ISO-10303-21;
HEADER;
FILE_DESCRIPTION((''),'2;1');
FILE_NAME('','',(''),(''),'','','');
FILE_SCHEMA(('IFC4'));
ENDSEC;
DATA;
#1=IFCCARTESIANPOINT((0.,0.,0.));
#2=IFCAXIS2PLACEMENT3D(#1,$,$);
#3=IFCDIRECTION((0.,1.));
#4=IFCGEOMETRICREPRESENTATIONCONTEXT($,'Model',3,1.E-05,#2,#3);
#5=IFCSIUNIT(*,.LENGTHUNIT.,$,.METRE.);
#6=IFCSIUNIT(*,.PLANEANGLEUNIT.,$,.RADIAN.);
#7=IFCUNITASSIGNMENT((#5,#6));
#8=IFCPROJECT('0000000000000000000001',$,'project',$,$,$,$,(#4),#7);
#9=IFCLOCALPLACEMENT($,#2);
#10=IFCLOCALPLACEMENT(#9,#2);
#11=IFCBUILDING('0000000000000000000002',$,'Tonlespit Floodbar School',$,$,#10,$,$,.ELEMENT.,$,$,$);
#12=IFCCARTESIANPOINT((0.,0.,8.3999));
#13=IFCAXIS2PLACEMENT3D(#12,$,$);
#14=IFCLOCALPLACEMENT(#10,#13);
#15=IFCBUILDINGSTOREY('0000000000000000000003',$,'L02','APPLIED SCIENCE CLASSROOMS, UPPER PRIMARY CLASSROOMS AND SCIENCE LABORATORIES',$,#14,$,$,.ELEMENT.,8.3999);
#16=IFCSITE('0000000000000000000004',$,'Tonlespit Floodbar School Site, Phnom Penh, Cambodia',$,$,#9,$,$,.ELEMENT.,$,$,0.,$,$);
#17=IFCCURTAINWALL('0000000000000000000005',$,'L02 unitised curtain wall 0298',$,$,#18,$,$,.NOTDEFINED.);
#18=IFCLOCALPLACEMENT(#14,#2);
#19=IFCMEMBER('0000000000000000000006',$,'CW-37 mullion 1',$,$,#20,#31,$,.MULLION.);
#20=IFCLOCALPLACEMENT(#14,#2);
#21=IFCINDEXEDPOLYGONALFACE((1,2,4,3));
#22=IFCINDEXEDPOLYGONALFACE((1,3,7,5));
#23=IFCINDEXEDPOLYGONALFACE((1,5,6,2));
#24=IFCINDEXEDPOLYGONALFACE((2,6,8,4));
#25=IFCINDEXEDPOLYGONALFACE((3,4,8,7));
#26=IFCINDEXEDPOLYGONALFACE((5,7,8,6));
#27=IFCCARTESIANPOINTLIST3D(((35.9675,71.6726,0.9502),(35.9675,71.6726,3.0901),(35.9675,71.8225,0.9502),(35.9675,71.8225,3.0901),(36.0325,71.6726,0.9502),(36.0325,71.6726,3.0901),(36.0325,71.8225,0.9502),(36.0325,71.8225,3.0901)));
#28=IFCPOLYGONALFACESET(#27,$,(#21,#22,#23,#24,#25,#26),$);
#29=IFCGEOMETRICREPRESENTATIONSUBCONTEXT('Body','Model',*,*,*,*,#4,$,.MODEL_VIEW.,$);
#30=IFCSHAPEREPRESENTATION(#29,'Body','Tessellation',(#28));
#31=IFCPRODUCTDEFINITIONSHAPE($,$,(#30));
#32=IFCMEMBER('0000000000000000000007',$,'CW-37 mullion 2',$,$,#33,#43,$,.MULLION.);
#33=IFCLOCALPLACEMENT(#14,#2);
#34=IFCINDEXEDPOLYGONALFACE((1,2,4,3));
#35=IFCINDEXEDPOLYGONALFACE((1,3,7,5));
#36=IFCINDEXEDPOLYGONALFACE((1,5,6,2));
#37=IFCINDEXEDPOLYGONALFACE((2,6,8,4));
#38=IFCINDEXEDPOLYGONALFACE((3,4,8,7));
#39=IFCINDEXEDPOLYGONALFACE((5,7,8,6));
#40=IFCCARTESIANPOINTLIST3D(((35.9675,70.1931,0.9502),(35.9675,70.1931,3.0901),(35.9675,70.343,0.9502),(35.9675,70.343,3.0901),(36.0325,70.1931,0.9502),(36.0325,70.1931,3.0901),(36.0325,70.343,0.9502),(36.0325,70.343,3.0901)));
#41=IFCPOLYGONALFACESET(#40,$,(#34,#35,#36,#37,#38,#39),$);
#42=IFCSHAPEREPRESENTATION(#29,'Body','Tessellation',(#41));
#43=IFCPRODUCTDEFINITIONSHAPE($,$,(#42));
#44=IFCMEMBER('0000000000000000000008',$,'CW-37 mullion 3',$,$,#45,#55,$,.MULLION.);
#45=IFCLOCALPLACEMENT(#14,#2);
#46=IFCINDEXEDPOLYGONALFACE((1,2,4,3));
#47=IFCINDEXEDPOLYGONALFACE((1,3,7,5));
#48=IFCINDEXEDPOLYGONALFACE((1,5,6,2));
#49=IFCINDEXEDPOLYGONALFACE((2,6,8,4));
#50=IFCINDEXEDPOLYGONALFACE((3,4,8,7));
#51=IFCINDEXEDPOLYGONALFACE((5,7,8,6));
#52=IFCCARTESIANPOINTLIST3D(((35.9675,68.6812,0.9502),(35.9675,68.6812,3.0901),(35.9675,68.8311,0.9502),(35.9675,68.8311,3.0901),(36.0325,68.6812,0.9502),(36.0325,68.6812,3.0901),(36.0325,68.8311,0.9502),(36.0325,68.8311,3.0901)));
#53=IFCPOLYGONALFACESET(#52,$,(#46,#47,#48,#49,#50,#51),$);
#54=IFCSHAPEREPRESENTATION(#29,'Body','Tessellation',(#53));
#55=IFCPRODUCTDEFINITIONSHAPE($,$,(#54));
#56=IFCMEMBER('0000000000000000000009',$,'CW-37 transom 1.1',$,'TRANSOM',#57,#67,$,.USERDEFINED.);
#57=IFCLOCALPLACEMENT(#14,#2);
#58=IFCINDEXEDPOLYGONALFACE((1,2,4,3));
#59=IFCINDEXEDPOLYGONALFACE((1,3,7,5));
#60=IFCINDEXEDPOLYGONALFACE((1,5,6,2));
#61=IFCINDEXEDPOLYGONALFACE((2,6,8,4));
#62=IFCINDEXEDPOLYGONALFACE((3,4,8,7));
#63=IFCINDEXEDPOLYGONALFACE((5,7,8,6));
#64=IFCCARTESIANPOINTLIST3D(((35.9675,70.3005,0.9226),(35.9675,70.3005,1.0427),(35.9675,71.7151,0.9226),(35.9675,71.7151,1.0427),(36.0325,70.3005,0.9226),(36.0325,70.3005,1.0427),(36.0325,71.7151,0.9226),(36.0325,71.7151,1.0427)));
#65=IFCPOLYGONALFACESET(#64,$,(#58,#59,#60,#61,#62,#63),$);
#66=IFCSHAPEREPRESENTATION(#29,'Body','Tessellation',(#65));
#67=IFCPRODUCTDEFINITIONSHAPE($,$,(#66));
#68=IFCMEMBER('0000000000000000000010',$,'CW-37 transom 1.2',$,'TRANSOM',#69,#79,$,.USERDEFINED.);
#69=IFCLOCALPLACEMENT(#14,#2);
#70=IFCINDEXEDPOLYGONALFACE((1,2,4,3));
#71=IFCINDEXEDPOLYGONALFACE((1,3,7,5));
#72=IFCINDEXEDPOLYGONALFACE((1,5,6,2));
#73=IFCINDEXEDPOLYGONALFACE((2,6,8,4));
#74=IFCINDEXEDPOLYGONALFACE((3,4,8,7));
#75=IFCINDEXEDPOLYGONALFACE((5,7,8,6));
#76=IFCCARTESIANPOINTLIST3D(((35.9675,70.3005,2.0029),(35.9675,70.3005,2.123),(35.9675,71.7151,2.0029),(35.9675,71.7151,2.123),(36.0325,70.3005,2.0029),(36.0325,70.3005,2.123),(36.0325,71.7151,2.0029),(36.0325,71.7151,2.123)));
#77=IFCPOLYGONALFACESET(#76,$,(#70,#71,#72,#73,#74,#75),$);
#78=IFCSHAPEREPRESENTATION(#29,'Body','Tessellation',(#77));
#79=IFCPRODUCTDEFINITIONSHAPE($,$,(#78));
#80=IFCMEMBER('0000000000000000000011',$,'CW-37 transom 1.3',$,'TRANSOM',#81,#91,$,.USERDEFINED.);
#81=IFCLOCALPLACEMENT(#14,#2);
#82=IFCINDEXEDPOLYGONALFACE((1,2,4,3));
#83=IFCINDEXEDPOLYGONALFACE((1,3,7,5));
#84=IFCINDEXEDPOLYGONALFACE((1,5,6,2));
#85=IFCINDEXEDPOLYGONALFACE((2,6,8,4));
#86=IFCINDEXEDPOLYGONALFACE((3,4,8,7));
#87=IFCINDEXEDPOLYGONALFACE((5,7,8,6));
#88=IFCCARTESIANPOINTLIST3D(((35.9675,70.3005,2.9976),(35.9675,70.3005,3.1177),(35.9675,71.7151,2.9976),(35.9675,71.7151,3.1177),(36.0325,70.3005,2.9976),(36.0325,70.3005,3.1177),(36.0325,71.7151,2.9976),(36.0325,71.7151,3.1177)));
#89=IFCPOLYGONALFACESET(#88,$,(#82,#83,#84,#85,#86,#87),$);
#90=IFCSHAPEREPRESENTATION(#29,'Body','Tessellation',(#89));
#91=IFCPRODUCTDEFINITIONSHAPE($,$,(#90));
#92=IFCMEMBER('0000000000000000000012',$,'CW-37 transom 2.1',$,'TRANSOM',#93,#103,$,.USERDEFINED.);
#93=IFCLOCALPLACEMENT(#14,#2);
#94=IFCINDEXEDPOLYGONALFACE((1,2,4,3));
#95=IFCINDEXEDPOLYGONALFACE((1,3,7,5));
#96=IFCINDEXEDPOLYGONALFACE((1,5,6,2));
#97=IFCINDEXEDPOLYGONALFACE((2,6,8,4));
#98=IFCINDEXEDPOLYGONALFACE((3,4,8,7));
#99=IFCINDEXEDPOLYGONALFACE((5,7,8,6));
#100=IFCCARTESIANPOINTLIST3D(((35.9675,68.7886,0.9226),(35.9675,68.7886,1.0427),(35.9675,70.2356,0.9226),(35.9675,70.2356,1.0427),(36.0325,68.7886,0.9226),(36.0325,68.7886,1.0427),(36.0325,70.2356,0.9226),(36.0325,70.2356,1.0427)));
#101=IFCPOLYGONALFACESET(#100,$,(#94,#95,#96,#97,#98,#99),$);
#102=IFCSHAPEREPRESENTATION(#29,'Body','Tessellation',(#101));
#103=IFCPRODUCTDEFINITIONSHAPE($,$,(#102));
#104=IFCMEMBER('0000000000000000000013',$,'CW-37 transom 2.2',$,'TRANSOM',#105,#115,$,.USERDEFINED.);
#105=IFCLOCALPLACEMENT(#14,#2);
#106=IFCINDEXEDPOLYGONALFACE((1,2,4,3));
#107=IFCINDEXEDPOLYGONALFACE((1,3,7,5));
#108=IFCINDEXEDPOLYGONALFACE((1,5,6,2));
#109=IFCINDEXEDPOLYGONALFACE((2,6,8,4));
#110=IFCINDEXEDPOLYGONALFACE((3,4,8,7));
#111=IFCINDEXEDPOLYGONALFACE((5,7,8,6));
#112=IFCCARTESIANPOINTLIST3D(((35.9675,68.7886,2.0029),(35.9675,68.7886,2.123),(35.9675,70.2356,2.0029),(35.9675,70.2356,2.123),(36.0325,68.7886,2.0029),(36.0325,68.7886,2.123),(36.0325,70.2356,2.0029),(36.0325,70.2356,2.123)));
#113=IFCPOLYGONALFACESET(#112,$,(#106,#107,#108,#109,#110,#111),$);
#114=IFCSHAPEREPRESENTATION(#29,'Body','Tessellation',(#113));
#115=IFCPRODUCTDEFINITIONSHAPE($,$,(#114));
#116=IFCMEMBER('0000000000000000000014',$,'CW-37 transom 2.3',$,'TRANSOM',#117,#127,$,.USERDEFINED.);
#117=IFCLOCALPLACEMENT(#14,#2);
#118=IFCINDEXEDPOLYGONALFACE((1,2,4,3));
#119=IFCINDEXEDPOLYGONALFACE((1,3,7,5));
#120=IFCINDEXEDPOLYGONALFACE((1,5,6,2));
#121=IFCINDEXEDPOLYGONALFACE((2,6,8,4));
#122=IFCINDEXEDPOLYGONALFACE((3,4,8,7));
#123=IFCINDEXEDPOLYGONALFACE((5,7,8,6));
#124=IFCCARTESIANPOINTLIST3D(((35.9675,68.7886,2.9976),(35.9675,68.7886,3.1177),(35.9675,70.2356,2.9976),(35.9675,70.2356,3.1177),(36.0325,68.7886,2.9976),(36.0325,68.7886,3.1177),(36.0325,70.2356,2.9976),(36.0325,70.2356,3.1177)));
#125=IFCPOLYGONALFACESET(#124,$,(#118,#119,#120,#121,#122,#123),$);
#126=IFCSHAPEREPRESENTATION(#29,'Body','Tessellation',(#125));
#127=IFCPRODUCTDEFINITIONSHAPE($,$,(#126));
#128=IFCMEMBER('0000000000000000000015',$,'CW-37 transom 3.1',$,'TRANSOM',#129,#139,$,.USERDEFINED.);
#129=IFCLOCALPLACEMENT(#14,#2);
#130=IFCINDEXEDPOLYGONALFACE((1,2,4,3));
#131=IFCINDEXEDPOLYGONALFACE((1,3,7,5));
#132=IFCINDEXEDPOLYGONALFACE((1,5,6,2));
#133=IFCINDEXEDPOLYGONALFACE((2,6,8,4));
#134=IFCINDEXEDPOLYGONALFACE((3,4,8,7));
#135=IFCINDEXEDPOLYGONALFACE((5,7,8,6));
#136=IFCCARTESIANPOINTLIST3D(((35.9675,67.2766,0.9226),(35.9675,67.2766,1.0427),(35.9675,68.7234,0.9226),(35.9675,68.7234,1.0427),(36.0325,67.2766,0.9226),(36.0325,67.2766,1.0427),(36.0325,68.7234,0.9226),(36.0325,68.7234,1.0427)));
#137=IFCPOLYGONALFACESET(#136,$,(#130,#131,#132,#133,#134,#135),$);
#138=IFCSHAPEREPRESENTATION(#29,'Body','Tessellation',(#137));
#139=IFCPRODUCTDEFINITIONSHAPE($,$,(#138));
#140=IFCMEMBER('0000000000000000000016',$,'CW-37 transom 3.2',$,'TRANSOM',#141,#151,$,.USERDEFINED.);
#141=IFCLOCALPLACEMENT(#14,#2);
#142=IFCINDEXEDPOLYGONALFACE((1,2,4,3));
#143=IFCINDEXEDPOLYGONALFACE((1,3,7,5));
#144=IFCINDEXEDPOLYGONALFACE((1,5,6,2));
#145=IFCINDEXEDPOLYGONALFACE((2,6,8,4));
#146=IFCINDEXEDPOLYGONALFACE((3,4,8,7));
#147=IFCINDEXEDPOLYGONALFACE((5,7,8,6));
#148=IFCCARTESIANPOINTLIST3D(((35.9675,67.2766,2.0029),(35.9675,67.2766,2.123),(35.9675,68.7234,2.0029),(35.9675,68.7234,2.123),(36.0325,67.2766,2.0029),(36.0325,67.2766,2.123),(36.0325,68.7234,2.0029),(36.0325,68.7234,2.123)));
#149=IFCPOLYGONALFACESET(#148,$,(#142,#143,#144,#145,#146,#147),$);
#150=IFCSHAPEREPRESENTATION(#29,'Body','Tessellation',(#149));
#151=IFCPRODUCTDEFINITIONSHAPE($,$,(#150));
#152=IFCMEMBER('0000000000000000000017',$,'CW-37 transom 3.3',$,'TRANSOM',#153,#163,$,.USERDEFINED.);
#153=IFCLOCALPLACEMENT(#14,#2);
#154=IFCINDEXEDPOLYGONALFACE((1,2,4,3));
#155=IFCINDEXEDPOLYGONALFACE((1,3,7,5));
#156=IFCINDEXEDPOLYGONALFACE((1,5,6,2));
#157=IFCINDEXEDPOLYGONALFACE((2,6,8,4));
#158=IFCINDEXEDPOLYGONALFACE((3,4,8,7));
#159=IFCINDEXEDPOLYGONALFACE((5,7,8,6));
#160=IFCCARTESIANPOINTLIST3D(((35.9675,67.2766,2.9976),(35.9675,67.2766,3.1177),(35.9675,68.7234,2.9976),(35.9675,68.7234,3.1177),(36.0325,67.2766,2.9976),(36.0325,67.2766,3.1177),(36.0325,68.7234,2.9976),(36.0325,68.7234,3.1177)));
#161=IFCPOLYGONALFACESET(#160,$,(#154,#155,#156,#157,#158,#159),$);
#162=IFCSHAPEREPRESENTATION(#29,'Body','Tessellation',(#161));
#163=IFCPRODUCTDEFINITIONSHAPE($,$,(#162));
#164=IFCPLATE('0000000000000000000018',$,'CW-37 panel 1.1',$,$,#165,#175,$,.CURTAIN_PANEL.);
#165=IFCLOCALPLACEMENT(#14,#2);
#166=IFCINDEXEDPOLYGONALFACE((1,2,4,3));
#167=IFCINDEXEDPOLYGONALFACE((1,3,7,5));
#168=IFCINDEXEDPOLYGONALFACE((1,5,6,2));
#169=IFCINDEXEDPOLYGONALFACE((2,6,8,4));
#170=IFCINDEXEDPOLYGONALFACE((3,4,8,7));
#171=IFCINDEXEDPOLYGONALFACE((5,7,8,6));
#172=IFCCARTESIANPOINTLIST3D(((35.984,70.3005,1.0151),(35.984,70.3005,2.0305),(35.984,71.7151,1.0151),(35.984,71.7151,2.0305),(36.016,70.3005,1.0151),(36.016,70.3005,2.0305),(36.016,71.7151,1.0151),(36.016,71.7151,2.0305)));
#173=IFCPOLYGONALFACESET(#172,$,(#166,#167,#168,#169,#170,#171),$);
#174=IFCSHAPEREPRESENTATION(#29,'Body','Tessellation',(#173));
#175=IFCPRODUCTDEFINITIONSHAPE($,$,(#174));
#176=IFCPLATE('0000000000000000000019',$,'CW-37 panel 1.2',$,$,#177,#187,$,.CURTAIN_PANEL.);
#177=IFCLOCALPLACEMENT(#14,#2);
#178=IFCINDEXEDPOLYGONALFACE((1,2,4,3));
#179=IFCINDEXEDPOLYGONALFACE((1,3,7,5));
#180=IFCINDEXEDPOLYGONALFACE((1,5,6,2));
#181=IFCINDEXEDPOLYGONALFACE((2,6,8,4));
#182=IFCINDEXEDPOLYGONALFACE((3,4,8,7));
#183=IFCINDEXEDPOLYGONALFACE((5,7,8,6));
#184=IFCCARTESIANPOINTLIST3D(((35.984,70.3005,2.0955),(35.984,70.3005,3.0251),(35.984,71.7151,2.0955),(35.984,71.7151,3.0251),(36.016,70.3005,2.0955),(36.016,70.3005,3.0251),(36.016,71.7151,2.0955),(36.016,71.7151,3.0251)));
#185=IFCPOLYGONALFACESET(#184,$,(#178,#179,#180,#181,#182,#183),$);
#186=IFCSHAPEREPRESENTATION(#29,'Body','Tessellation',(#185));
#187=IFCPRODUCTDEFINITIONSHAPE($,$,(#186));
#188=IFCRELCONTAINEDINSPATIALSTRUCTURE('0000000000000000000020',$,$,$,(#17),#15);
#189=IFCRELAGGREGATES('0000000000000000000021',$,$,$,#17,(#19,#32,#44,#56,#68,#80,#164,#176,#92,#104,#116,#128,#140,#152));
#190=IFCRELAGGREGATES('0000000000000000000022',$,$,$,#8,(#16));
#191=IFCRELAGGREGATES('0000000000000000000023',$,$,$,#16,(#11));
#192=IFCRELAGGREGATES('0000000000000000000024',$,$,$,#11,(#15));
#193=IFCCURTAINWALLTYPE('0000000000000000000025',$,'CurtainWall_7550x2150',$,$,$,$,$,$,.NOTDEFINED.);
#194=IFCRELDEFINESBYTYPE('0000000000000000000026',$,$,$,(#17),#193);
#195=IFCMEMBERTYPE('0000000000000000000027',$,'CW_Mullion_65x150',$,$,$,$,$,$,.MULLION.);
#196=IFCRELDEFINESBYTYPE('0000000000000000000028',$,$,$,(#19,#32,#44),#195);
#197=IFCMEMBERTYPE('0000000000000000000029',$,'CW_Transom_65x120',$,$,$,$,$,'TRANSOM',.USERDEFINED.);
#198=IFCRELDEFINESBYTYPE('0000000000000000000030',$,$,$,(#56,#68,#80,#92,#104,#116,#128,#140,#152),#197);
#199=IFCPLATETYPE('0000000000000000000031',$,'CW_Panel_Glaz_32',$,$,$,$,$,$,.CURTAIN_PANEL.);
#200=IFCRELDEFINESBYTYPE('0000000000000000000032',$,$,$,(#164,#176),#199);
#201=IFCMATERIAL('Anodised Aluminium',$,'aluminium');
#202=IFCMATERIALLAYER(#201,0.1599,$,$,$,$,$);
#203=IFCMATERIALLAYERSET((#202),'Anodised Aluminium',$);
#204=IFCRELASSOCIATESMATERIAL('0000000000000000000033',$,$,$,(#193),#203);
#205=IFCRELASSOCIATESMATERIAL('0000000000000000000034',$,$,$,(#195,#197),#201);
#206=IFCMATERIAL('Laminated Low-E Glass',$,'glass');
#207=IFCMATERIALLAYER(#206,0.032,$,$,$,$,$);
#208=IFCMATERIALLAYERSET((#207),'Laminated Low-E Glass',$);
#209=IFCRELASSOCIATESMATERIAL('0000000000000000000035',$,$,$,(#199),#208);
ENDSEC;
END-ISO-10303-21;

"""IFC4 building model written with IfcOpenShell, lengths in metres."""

from ifc_helpers import new_model, si_unit, direction, frame, origin, origin_2d, place, context, subcontext, project, spatial, rectangle, extrude, material, layer, layer_set, material_profile, profile_set, type_object, element, aggregate, save


model = new_model("IFC4")

# Units and contexts
model_context = context("Model", 3, precision=1e-05, world=origin(), true_north=direction((0.0, 1.0)))
body_context = subcontext(model_context, "Body", "Model", "MODEL_VIEW")
ifc_project = project(units=[si_unit("LENGTHUNIT", "METRE"), si_unit("PLANEANGLEUNIT", "RADIAN")], contexts=[model_context])

# Site, building, storey
site_placement = place(None, origin())
site = spatial("IfcSite", under=ifc_project, at=site_placement, Name="Tonlespit Floodbar School Site, Phnom Penh, Cambodia", CompositionType="ELEMENT", RefElevation=0.0)
building_placement = place(site_placement, origin())
building = spatial("IfcBuilding", under=site, at=building_placement, Name="Tonlespit Floodbar School", CompositionType="ELEMENT")
storey_placement = place(building_placement, frame((0.0, 0.0, 8.3999)))
storey = spatial("IfcBuildingStorey", under=building, at=storey_placement, Name="L02", Description="APPLIED SCIENCE CLASSROOMS, UPPER PRIMARY CLASSROOMS AND SCIENCE LABORATORIES", CompositionType="ELEMENT", Elevation=8.3999)

# Curtain wall, members, plates
ifc_material_1 = material(Name="Anodised Aluminium", Category="aluminium")
ifc_layer_1 = layer(ifc_material_1, 0.1599)
ifc_layer_set_1 = layer_set([ifc_layer_1], Name="Anodised Aluminium")
curtain_wall_type = type_object("IfcCurtainWallType", Name="CurtainWall_7550x2150", PredefinedType="NOTDEFINED", material=ifc_layer_set_1)
curtain_wall_placement = place(storey_placement, origin())
curtain_wall = element("IfcCurtainWall", 1, at=curtain_wall_placement, inside=storey, type_object=curtain_wall_type, Name="L02 unitised curtain wall 0298", PredefinedType="NOTDEFINED")
ifc_material_profile_1 = material_profile(ifc_material_1, rectangle(XDim=0.0649, YDim=0.1499, at=origin_2d()), Name="ALU M65x150")
ifc_profile_set_1 = profile_set([ifc_material_profile_1], Name="Anodised Aluminium")
member_type_1 = type_object("IfcMemberType", Name="CW_Mullion_65x150", PredefinedType="MULLION", material=ifc_profile_set_1)
member_1_placement = place(storey_placement, frame((36.0, 71.7476, 0.9502), z_axis=(0.0, 0.0, 1.0), x_axis=(1.0, 0.0, 0.0)))
member_1 = element("IfcMember", 2, at=member_1_placement, type_object=member_type_1, Name="CW-37 mullion 1", PredefinedType="MULLION", context=body_context, shape_type="SweptSolid", body=[
    extrude(rectangle(XDim=0.0649, YDim=0.1499, at=origin_2d()), origin(), (0.0, 0.0, 1.0), 2.1399),
])
member_2_placement = place(storey_placement, frame((36.0, 70.2681, 0.9502), z_axis=(0.0, 0.0, 1.0), x_axis=(1.0, 0.0, 0.0)))
member_2 = element("IfcMember", 3, at=member_2_placement, type_object=member_type_1, Name="CW-37 mullion 2", PredefinedType="MULLION", context=body_context, shape_type="SweptSolid", body=[
    extrude(rectangle(XDim=0.0649, YDim=0.1499, at=origin_2d()), origin(), (0.0, 0.0, 1.0), 2.1399),
])
member_3_placement = place(storey_placement, frame((36.0, 68.7561, 0.9502), z_axis=(0.0, 0.0, 1.0), x_axis=(1.0, 0.0, 0.0)))
member_3 = element("IfcMember", 4, at=member_3_placement, type_object=member_type_1, Name="CW-37 mullion 3", PredefinedType="MULLION", context=body_context, shape_type="SweptSolid", body=[
    extrude(rectangle(XDim=0.0649, YDim=0.1499, at=origin_2d()), origin(), (0.0, 0.0, 1.0), 2.1399),
])
ifc_material_profile_2 = material_profile(ifc_material_1, rectangle(XDim=0.0649, YDim=0.1201, at=origin_2d()), Name="ALU T65x120")
ifc_profile_set_2 = profile_set([ifc_material_profile_2], Name="Anodised Aluminium")
member_type_2 = type_object("IfcMemberType", Name="CW_Transom_65x120", ElementType="TRANSOM", PredefinedType="USERDEFINED", material=ifc_profile_set_2)
member_4_placement = place(storey_placement, frame((36.0, 71.7151, 0.9827), z_axis=(0.0, -1.0, 0.0), x_axis=(1.0, 0.0, 0.0)))
member_4 = element("IfcMember", 5, at=member_4_placement, type_object=member_type_2, Name="CW-37 transom 1.1", ObjectType="TRANSOM", PredefinedType="USERDEFINED", context=body_context, shape_type="SweptSolid", body=[
    extrude(rectangle(XDim=0.0649, YDim=0.1201, at=origin_2d()), origin(), (0.0, 0.0, 1.0), 1.4146),
])
member_5_placement = place(storey_placement, frame((36.0, 71.7151, 2.063), z_axis=(0.0, -1.0, 0.0), x_axis=(1.0, 0.0, 0.0)))
member_5 = element("IfcMember", 6, at=member_5_placement, type_object=member_type_2, Name="CW-37 transom 1.2", ObjectType="TRANSOM", PredefinedType="USERDEFINED", context=body_context, shape_type="SweptSolid", body=[
    extrude(rectangle(XDim=0.0649, YDim=0.1201, at=origin_2d()), origin(), (0.0, 0.0, 1.0), 1.4146),
])
member_6_placement = place(storey_placement, frame((36.0, 71.7151, 3.0576), z_axis=(0.0, -1.0, 0.0), x_axis=(1.0, 0.0, 0.0)))
member_6 = element("IfcMember", 7, at=member_6_placement, type_object=member_type_2, Name="CW-37 transom 1.3", ObjectType="TRANSOM", PredefinedType="USERDEFINED", context=body_context, shape_type="SweptSolid", body=[
    extrude(rectangle(XDim=0.0649, YDim=0.1201, at=origin_2d()), origin(), (0.0, 0.0, 1.0), 1.4146),
])
member_7_placement = place(storey_placement, frame((36.0, 70.2356, 0.9827), z_axis=(0.0, -1.0, 0.0), x_axis=(1.0, 0.0, 0.0)))
member_7 = element("IfcMember", 8, at=member_7_placement, type_object=member_type_2, Name="CW-37 transom 2.1", ObjectType="TRANSOM", PredefinedType="USERDEFINED", context=body_context, shape_type="SweptSolid", body=[
    extrude(rectangle(XDim=0.0649, YDim=0.1201, at=origin_2d()), origin(), (0.0, 0.0, 1.0), 1.447),
])
member_8_placement = place(storey_placement, frame((36.0, 70.2356, 2.063), z_axis=(0.0, -1.0, 0.0), x_axis=(1.0, 0.0, 0.0)))
member_8 = element("IfcMember", 9, at=member_8_placement, type_object=member_type_2, Name="CW-37 transom 2.2", ObjectType="TRANSOM", PredefinedType="USERDEFINED", context=body_context, shape_type="SweptSolid", body=[
    extrude(rectangle(XDim=0.0649, YDim=0.1201, at=origin_2d()), origin(), (0.0, 0.0, 1.0), 1.447),
])
member_9_placement = place(storey_placement, frame((36.0, 70.2356, 3.0576), z_axis=(0.0, -1.0, 0.0), x_axis=(1.0, 0.0, 0.0)))
member_9 = element("IfcMember", 10, at=member_9_placement, type_object=member_type_2, Name="CW-37 transom 2.3", ObjectType="TRANSOM", PredefinedType="USERDEFINED", context=body_context, shape_type="SweptSolid", body=[
    extrude(rectangle(XDim=0.0649, YDim=0.1201, at=origin_2d()), origin(), (0.0, 0.0, 1.0), 1.447),
])
member_10_placement = place(storey_placement, frame((36.0, 68.7234, 0.9827), z_axis=(0.0, -1.0, 0.0), x_axis=(1.0, 0.0, 0.0)))
member_10 = element("IfcMember", 11, at=member_10_placement, type_object=member_type_2, Name="CW-37 transom 3.1", ObjectType="TRANSOM", PredefinedType="USERDEFINED", context=body_context, shape_type="SweptSolid", body=[
    extrude(rectangle(XDim=0.0649, YDim=0.1201, at=origin_2d()), origin(), (0.0, 0.0, 1.0), 1.4468),
])
member_11_placement = place(storey_placement, frame((36.0, 68.7234, 2.063), z_axis=(0.0, -1.0, 0.0), x_axis=(1.0, 0.0, 0.0)))
member_11 = element("IfcMember", 12, at=member_11_placement, type_object=member_type_2, Name="CW-37 transom 3.2", ObjectType="TRANSOM", PredefinedType="USERDEFINED", context=body_context, shape_type="SweptSolid", body=[
    extrude(rectangle(XDim=0.0649, YDim=0.1201, at=origin_2d()), origin(), (0.0, 0.0, 1.0), 1.4468),
])
member_12_placement = place(storey_placement, frame((36.0, 68.7234, 3.0576), z_axis=(0.0, -1.0, 0.0), x_axis=(1.0, 0.0, 0.0)))
member_12 = element("IfcMember", 13, at=member_12_placement, type_object=member_type_2, Name="CW-37 transom 3.3", ObjectType="TRANSOM", PredefinedType="USERDEFINED", context=body_context, shape_type="SweptSolid", body=[
    extrude(rectangle(XDim=0.0649, YDim=0.1201, at=origin_2d()), origin(), (0.0, 0.0, 1.0), 1.4468),
])
ifc_material_2 = material(Name="Laminated Low-E Glass", Category="glass")
ifc_layer_2 = layer(ifc_material_2, 0.032)
ifc_layer_set_2 = layer_set([ifc_layer_2], Name="Laminated Low-E Glass")
plate_type = type_object("IfcPlateType", Name="CW_Panel_Glaz_32", PredefinedType="CURTAIN_PANEL", material=ifc_layer_set_2)
plate_1_placement = place(storey_placement, frame((36.0, 71.0078, 1.0151), z_axis=(0.0, 0.0, 1.0), x_axis=(0.0, -1.0, 0.0)))
plate_1 = element("IfcPlate", 14, at=plate_1_placement, type_object=plate_type, Name="CW-37 panel 1.1", PredefinedType="CURTAIN_PANEL", context=body_context, shape_type="SweptSolid", body=[
    extrude(rectangle(XDim=1.4146, YDim=0.032, at=origin_2d()), origin(), (0.0, 0.0, 1.0), 1.0154),
])
plate_2_placement = place(storey_placement, frame((36.0, 71.0078, 2.0955), z_axis=(0.0, 0.0, 1.0), x_axis=(0.0, -1.0, 0.0)))
plate_2 = element("IfcPlate", 15, at=plate_2_placement, type_object=plate_type, Name="CW-37 panel 1.2", PredefinedType="CURTAIN_PANEL", context=body_context, shape_type="SweptSolid", body=[
    extrude(rectangle(XDim=1.4146, YDim=0.032, at=origin_2d()), origin(), (0.0, 0.0, 1.0), 0.9297),
])
aggregate(curtain_wall, [member_1, member_2, member_3, member_4, member_5, member_6, plate_1, plate_2, member_7, member_8, member_9, member_10, member_11, member_12])

save(model, "model.ifc")
